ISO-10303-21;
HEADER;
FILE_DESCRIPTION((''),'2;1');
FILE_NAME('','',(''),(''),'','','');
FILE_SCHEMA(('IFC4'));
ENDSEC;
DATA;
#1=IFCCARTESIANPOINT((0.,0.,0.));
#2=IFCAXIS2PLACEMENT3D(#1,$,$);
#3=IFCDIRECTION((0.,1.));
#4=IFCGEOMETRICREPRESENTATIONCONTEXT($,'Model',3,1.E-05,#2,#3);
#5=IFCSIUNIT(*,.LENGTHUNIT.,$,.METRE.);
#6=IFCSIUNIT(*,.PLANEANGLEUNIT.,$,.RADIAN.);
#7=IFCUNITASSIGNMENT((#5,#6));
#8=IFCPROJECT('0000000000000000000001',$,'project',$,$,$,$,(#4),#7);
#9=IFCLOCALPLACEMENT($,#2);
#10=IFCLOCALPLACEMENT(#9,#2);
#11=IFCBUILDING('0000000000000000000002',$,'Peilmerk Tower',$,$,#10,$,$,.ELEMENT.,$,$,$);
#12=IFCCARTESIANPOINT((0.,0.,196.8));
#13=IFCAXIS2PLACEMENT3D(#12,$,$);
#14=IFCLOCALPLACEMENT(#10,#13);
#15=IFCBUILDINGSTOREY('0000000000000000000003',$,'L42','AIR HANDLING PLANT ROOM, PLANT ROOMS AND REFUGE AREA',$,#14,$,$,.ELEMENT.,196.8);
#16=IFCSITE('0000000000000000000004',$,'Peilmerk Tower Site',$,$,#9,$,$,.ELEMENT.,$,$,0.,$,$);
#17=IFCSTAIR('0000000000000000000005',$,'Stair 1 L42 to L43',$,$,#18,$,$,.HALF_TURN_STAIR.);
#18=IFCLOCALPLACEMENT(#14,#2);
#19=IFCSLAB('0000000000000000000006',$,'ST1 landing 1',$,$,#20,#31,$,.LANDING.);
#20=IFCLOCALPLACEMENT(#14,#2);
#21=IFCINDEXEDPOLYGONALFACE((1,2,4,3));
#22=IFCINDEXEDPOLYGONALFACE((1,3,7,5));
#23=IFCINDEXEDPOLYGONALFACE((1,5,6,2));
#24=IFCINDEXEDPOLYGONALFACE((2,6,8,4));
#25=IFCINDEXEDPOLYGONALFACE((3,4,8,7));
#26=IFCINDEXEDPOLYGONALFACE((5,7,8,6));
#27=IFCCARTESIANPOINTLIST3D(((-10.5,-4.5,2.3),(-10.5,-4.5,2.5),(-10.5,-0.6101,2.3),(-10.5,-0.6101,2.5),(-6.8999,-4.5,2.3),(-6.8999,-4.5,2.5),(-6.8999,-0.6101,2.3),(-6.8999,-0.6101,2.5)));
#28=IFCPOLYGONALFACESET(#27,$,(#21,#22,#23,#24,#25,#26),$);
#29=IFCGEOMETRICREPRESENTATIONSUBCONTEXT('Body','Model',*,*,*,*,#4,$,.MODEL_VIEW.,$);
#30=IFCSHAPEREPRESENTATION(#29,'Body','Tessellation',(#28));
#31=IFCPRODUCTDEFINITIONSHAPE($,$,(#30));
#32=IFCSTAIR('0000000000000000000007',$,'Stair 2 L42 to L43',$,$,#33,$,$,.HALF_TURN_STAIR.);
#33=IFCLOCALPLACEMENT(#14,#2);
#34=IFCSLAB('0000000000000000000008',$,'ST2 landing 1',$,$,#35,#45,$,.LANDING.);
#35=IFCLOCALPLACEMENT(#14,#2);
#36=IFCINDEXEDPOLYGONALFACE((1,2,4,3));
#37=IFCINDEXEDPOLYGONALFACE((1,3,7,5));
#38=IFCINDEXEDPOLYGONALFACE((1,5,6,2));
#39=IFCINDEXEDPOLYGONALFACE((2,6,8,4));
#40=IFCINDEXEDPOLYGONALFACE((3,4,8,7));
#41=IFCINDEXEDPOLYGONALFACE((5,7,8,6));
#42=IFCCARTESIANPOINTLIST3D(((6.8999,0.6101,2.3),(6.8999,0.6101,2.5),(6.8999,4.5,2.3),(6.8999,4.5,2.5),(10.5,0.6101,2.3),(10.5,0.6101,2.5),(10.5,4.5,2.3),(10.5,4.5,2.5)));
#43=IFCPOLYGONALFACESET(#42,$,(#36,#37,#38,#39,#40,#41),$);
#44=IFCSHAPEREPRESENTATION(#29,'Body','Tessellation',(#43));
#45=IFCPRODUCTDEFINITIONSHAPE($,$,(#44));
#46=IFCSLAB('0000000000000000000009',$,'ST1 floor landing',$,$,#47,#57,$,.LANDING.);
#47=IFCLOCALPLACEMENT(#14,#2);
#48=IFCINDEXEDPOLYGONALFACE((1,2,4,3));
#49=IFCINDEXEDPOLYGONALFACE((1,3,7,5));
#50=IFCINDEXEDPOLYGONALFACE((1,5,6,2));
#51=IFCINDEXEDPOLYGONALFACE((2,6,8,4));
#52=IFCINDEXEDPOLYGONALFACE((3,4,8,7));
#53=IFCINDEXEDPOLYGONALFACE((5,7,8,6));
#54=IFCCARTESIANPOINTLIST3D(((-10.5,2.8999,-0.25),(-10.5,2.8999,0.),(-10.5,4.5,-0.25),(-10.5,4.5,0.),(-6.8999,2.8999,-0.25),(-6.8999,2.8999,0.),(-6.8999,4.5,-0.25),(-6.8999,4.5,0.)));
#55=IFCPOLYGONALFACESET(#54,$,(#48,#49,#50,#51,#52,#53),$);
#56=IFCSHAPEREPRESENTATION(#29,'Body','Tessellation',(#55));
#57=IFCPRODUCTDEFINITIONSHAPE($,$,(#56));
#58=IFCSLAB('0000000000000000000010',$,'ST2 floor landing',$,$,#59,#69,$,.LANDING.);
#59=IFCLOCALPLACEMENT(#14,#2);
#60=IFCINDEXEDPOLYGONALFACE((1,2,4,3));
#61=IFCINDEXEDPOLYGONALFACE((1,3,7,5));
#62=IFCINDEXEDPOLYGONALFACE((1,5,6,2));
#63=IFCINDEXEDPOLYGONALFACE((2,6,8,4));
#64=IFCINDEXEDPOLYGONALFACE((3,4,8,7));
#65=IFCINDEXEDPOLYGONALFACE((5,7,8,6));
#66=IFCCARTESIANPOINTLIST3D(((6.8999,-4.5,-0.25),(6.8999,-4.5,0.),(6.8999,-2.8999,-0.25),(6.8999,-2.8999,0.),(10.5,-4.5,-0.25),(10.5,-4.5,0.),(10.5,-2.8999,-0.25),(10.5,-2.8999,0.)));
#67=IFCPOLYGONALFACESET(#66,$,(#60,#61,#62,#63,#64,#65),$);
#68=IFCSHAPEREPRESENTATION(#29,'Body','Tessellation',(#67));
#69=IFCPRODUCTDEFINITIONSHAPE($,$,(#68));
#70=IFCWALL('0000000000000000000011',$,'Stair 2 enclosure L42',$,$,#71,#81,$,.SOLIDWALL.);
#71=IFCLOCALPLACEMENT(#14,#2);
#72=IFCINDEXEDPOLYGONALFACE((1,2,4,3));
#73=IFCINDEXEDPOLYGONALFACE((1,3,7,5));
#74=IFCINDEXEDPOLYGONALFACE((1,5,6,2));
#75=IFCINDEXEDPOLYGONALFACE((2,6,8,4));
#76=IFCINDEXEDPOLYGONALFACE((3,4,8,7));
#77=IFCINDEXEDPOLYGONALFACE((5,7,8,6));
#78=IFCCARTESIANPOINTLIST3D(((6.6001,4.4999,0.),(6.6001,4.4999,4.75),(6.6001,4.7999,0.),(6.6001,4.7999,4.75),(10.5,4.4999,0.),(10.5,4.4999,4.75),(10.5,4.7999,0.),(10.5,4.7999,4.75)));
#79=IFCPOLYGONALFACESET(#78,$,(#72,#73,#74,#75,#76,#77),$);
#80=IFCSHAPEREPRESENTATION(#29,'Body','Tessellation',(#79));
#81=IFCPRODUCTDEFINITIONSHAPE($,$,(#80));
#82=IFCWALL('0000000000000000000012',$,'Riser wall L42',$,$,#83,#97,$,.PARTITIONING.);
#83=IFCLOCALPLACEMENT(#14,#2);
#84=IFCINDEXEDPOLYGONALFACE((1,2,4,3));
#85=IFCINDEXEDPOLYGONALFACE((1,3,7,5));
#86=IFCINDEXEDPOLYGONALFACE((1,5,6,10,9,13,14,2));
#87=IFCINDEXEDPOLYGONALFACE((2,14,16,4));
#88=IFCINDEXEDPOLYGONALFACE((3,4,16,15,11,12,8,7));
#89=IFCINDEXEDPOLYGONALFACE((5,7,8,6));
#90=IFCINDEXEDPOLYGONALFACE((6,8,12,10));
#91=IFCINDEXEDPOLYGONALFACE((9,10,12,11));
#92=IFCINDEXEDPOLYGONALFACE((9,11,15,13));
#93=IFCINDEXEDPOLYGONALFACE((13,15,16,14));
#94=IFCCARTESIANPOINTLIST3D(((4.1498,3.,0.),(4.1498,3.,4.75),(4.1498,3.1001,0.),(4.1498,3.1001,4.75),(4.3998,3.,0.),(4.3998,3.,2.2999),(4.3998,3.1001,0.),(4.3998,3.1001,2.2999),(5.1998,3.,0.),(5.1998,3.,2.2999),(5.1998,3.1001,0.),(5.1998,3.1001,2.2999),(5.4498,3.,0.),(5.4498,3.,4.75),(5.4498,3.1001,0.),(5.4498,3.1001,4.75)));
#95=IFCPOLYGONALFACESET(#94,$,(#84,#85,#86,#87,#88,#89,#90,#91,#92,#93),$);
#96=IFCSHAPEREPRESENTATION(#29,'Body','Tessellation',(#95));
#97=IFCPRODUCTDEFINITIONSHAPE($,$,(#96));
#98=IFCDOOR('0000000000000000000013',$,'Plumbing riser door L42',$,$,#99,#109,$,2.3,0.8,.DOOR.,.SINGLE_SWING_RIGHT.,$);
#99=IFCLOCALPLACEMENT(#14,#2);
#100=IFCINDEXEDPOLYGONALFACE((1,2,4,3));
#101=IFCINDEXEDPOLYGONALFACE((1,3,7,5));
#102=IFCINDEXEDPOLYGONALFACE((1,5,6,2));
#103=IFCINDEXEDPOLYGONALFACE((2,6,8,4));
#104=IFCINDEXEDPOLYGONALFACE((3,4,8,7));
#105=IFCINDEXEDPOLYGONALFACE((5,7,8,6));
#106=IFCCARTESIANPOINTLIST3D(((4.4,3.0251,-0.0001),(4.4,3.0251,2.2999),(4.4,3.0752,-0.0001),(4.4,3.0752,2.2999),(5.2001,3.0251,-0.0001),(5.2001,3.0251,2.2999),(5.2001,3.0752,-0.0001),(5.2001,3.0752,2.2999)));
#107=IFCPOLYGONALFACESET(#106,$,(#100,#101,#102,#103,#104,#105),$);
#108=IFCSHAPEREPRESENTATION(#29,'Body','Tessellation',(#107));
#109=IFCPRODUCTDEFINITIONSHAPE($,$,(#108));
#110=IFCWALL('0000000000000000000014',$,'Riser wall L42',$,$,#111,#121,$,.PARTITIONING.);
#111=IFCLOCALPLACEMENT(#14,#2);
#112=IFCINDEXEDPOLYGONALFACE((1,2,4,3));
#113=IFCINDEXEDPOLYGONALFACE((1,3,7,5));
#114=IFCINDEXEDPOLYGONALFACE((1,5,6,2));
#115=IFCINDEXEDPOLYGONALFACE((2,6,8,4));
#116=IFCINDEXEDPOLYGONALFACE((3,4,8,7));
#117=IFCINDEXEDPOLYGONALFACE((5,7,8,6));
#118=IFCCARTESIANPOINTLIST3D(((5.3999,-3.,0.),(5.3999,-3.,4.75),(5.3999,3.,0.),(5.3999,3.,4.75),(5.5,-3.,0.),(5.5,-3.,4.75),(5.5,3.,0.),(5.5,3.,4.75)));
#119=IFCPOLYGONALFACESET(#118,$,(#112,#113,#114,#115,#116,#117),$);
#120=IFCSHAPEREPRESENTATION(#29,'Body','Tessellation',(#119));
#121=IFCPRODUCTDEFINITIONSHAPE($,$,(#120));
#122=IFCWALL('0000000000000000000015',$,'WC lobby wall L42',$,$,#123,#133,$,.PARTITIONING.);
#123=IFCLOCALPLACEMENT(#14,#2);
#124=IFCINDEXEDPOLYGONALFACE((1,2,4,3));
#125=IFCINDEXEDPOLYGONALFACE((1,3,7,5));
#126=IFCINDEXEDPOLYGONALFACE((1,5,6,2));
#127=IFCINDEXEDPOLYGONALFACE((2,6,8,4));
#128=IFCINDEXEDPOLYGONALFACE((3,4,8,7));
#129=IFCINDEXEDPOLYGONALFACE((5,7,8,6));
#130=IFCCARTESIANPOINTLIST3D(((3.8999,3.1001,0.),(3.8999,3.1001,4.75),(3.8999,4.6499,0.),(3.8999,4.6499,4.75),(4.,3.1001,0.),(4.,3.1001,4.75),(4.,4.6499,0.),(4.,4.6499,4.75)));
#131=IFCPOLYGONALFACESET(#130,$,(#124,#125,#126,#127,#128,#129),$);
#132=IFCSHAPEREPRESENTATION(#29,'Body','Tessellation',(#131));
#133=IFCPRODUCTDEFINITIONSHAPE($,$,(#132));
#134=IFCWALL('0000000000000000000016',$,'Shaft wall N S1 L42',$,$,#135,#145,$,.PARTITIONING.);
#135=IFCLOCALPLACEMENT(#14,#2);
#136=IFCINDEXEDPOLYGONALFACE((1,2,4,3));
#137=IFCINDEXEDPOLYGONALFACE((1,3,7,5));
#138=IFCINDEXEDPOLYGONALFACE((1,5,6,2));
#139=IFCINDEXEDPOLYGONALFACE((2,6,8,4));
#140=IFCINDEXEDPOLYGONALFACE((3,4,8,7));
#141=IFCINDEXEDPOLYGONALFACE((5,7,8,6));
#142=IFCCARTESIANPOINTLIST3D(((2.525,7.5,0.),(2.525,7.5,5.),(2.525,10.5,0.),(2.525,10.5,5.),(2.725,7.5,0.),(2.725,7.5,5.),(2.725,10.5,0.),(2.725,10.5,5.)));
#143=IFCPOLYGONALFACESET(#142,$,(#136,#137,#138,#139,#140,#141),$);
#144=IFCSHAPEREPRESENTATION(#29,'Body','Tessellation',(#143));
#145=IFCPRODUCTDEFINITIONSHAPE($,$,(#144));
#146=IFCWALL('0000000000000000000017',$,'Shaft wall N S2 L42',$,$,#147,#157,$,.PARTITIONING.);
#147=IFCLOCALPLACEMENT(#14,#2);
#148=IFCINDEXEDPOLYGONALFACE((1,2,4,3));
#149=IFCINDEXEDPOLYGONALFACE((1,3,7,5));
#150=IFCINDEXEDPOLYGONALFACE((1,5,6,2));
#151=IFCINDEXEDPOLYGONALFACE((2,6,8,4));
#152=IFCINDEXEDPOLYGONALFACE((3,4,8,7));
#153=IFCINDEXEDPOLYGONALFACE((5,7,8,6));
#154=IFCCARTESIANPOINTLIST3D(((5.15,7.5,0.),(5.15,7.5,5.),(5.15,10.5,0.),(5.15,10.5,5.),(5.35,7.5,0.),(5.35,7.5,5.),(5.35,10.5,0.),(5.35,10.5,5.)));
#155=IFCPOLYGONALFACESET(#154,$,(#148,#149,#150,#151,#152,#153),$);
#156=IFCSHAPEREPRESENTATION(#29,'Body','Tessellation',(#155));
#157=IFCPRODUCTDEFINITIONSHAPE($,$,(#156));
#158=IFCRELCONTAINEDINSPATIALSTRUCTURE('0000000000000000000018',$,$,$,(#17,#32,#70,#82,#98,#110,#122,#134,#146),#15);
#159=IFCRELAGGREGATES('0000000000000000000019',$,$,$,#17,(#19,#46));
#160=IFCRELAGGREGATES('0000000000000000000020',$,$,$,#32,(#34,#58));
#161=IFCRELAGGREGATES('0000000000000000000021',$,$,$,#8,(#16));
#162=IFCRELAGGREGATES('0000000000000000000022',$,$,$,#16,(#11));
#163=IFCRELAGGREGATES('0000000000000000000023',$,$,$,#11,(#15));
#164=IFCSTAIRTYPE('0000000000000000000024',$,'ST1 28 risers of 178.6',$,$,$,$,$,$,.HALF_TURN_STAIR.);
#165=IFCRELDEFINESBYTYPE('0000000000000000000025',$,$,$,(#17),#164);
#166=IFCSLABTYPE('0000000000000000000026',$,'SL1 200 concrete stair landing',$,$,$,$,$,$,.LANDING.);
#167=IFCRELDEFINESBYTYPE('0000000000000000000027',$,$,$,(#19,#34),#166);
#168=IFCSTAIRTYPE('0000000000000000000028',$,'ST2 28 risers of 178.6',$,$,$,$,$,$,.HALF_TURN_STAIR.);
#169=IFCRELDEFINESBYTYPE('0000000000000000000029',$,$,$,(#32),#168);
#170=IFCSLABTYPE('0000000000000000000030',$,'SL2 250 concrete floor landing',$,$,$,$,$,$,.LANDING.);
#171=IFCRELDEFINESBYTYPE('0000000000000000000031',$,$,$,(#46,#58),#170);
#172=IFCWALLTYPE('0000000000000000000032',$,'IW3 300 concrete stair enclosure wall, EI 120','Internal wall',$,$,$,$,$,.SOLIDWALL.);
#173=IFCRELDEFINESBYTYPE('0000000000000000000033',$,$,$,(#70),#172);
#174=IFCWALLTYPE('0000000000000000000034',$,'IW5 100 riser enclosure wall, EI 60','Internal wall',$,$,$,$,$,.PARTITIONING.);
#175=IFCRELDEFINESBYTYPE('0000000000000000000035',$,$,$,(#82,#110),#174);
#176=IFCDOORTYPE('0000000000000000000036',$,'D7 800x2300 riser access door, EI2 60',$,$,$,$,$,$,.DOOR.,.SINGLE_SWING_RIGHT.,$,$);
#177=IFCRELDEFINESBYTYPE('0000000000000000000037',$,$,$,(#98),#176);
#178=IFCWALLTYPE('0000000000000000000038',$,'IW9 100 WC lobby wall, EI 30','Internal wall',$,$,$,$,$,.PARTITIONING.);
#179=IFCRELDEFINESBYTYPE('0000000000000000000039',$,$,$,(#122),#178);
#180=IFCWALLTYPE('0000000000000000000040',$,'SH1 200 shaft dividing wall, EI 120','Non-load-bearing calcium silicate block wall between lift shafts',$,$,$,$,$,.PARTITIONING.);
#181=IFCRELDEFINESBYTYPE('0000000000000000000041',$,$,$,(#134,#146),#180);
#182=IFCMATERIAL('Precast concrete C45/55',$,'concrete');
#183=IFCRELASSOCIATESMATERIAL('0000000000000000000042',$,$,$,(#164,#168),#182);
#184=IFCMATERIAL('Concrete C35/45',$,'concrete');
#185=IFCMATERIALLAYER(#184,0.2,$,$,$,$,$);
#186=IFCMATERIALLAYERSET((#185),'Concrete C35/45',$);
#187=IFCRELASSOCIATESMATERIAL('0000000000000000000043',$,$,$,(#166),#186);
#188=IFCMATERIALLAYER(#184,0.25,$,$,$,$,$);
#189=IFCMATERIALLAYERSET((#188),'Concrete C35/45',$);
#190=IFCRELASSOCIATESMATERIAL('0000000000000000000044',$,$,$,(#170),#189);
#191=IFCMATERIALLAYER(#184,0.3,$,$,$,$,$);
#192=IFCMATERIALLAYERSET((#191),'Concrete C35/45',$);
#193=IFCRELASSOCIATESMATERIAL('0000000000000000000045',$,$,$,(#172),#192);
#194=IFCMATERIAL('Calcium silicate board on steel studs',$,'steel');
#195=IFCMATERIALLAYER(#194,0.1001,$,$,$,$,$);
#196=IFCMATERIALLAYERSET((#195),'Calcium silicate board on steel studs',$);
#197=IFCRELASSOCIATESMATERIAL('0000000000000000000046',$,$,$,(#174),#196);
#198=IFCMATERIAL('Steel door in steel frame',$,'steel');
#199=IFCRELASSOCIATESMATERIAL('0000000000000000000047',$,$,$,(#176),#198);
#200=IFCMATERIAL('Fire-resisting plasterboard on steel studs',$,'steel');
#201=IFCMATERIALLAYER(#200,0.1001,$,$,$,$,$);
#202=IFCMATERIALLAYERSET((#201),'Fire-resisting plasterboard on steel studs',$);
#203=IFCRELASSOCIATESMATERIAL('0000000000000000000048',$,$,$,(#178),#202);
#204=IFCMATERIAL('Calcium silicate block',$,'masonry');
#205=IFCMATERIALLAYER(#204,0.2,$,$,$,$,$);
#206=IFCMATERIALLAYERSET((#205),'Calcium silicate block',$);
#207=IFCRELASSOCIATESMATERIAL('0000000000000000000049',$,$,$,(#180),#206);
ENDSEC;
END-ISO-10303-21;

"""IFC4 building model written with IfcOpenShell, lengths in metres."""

from ifc_helpers import new_model, si_unit, direction, frame, frame_2d, origin, place, context, subcontext, project, spatial, polyline, rectangle, outline, extrude, material, layer, layer_set, type_object, element, fill, aggregate, save


model = new_model("IFC4")

# Units and contexts
model_context = context("Model", 3, precision=1e-05, world=origin(), true_north=direction((0.0, 1.0)))
body_context = subcontext(model_context, "Body", "Model", "MODEL_VIEW")
ifc_project = project(units=[si_unit("LENGTHUNIT", "METRE"), si_unit("PLANEANGLEUNIT", "RADIAN")], contexts=[model_context])

# Site, building, storey
site_placement = place(None, origin())
site = spatial("IfcSite", under=ifc_project, at=site_placement, Name="Peilmerk Tower Site", CompositionType="ELEMENT", RefElevation=0.0)
building_placement = place(site_placement, origin())
building = spatial("IfcBuilding", under=site, at=building_placement, Name="Peilmerk Tower", CompositionType="ELEMENT")
storey_placement = place(building_placement, frame((0.0, 0.0, 196.8)))
storey = spatial("IfcBuildingStorey", under=building, at=storey_placement, Name="L42", Description="AIR HANDLING PLANT ROOM, PLANT ROOMS AND REFUGE AREA", CompositionType="ELEMENT", Elevation=196.8)

# Stairs, slabs
ifc_material_1 = material(Name="Precast concrete C45/55", Category="concrete")
stair_type_1 = type_object("IfcStairType", Name="ST1 28 risers of 178.6", PredefinedType="HALF_TURN_STAIR", material=ifc_material_1)
stair_1_placement = place(storey_placement, origin())
stair_1 = element("IfcStair", 1, at=stair_1_placement, inside=storey, type_object=stair_type_1, Name="Stair 1 L42 to L43", PredefinedType="HALF_TURN_STAIR")
ifc_material_2 = material(Name="Concrete C35/45", Category="concrete")
ifc_layer_1 = layer(ifc_material_2, 0.2)
ifc_layer_set_1 = layer_set([ifc_layer_1], Name="Concrete C35/45")
slab_type_1 = type_object("IfcSlabType", Name="SL1 200 concrete stair landing", PredefinedType="LANDING", material=ifc_layer_set_1)
slab_1_placement = place(storey_placement, frame((0.0, 0.0, 2.3)))
slab_1 = element("IfcSlab", 2, at=slab_1_placement, type_object=slab_type_1, Name="ST1 landing 1", PredefinedType="LANDING", context=body_context, shape_type="SweptSolid", body=[
    extrude(outline(polyline([(-10.5, -4.5), (-6.8999, -4.5), (-6.8999, -0.6101), (-10.5, -0.6101), (-10.5, -4.5)])), origin(), (0.0, 0.0, 1.0), 0.2),
])
stair_type_2 = type_object("IfcStairType", Name="ST2 28 risers of 178.6", PredefinedType="HALF_TURN_STAIR", material=ifc_material_1)
stair_2_placement = place(storey_placement, origin())
stair_2 = element("IfcStair", 3, at=stair_2_placement, inside=storey, type_object=stair_type_2, Name="Stair 2 L42 to L43", PredefinedType="HALF_TURN_STAIR")
slab_2_placement = place(storey_placement, frame((0.0, 0.0, 2.3)))
slab_2 = element("IfcSlab", 4, at=slab_2_placement, type_object=slab_type_1, Name="ST2 landing 1", PredefinedType="LANDING", context=body_context, shape_type="SweptSolid", body=[
    extrude(outline(polyline([(6.8999, 0.6101), (10.5, 0.6101), (10.5, 4.5), (6.8999, 4.5), (6.8999, 0.6101)])), origin(), (0.0, 0.0, 1.0), 0.2),
])

# Slabs
ifc_layer_2 = layer(ifc_material_2, 0.25)
ifc_layer_set_2 = layer_set([ifc_layer_2], Name="Concrete C35/45")
slab_type_2 = type_object("IfcSlabType", Name="SL2 250 concrete floor landing", PredefinedType="LANDING", material=ifc_layer_set_2)
slab_3_placement = place(storey_placement, frame((0.0, 0.0, -0.25)))
slab_3 = element("IfcSlab", 5, at=slab_3_placement, type_object=slab_type_2, Name="ST1 floor landing", PredefinedType="LANDING", context=body_context, shape_type="SweptSolid", body=[
    extrude(outline(polyline([(-10.5, 2.8999), (-6.8999, 2.8999), (-6.8999, 4.5), (-10.5, 4.5), (-10.5, 2.8999)])), origin(), (0.0, 0.0, 1.0), 0.25),
])
aggregate(stair_1, [slab_1, slab_3])
slab_4_placement = place(storey_placement, frame((0.0, 0.0, -0.25)))
slab_4 = element("IfcSlab", 6, at=slab_4_placement, type_object=slab_type_2, Name="ST2 floor landing", PredefinedType="LANDING", context=body_context, shape_type="SweptSolid", body=[
    extrude(outline(polyline([(6.8999, -4.5), (10.5, -4.5), (10.5, -2.8999), (6.8999, -2.8999), (6.8999, -4.5)])), origin(), (0.0, 0.0, 1.0), 0.25),
])

# Wall
ifc_layer_3 = layer(ifc_material_2, 0.3)
ifc_layer_set_3 = layer_set([ifc_layer_3], Name="Concrete C35/45")
wall_type_1 = type_object("IfcWallType", Name="IW3 300 concrete stair enclosure wall, EI 120", Description="Internal wall", PredefinedType="SOLIDWALL", material=ifc_layer_set_3)
wall_1_placement = place(storey_placement, frame((6.6001, 4.6499, 0.0), z_axis=(0.0, 0.0, 1.0), x_axis=(1.0, 0.0, 0.0)))
element("IfcWall", 7, at=wall_1_placement, inside=storey, type_object=wall_type_1, Name="Stair 2 enclosure L42", PredefinedType="SOLIDWALL", context=body_context, shape_type="SweptSolid", body=[
    extrude(rectangle(XDim=3.8999, YDim=0.3, at=frame_2d((1.95, 0.0))), origin(), (0.0, 0.0, 1.0), 4.75),
])

# Wall, opening, door
ifc_material_3 = material(Name="Calcium silicate board on steel studs", Category="steel")
ifc_layer_4 = layer(ifc_material_3, 0.1001)
ifc_layer_set_4 = layer_set([ifc_layer_4], Name="Calcium silicate board on steel studs")
wall_type_2 = type_object("IfcWallType", Name="IW5 100 riser enclosure wall, EI 60", Description="Internal wall", PredefinedType="PARTITIONING", material=ifc_layer_set_4)
wall_2_placement = place(storey_placement, frame((4.1499, 3.05, 0.0), z_axis=(0.0, 0.0, 1.0), x_axis=(1.0, 0.0, 0.0)))
wall_2 = element("IfcWall", 8, at=wall_2_placement, inside=storey, type_object=wall_type_2, Name="Riser wall L42", PredefinedType="PARTITIONING", context=body_context, shape_type="SweptSolid", body=[
    extrude(rectangle(XDim=1.3, YDim=0.1001, at=frame_2d((0.6499, 0.0))), origin(), (0.0, 0.0, 1.0), 4.75),
])
opening_1_placement = place(wall_2_placement, frame((0.25, 0.0, 0.0)))
opening_1 = element("IfcOpeningElement", 9, at=opening_1_placement, cuts=wall_2, PredefinedType="OPENING", context=body_context, shape_type="SweptSolid", body=[
    extrude(rectangle(XDim=0.8, YDim=2.3, at=frame_2d((0.3999, 1.1499))), frame((0.0, 0.0601, 0.0), z_axis=(0.0, -1.0, 0.0), x_axis=(1.0, 0.0, 0.0)), (0.0, 0.0, 1.0), 0.1201),
])
ifc_material_4 = material(Name="Steel door in steel frame", Category="steel")
door_type_1 = type_object("IfcDoorType", Name="D7 800x2300 riser access door, EI2 60", OperationType="SINGLE_SWING_RIGHT", PredefinedType="DOOR", material=ifc_material_4)
door_1_placement = place(opening_1_placement, frame((0.8, 0.0, 0.0), z_axis=(0.0, 0.0, 1.0), x_axis=(-1.0, 0.0, 0.0)))
door_1 = element("IfcDoor", 10, at=door_1_placement, inside=storey, type_object=door_type_1, Name="Plumbing riser door L42", OperationType="SINGLE_SWING_RIGHT", OverallHeight=2.3, OverallWidth=0.8, PredefinedType="DOOR", context=body_context, shape_type="SweptSolid", body=[
    extrude(rectangle(XDim=0.8, YDim=2.3, at=frame_2d((0.3999, 1.1499))), frame((0.0, 0.0249, 0.0), z_axis=(0.0, -1.0, 0.0), x_axis=(1.0, 0.0, 0.0)), (0.0, 0.0, 1.0), 0.05),
])
fill(opening_1, door_1)

# Walls
wall_3_placement = place(storey_placement, frame((5.45, 3.0, 0.0), z_axis=(0.0, 0.0, 1.0), x_axis=(0.0, -1.0, 0.0)))
element("IfcWall", 11, at=wall_3_placement, inside=storey, type_object=wall_type_2, Name="Riser wall L42", PredefinedType="PARTITIONING", context=body_context, shape_type="SweptSolid", body=[
    extrude(rectangle(XDim=6.0, YDim=0.1001, at=frame_2d((3.0, 0.0))), origin(), (0.0, 0.0, 1.0), 4.75),
])
ifc_material_5 = material(Name="Fire-resisting plasterboard on steel studs", Category="steel")
ifc_layer_5 = layer(ifc_material_5, 0.1001)
ifc_layer_set_5 = layer_set([ifc_layer_5], Name="Fire-resisting plasterboard on steel studs")
wall_type_3 = type_object("IfcWallType", Name="IW9 100 WC lobby wall, EI 30", Description="Internal wall", PredefinedType="PARTITIONING", material=ifc_layer_set_5)
wall_4_placement = place(storey_placement, frame((3.95, 3.1001, 0.0), z_axis=(0.0, 0.0, 1.0), x_axis=(0.0, 1.0, 0.0)))
element("IfcWall", 12, at=wall_4_placement, inside=storey, type_object=wall_type_3, Name="WC lobby wall L42", PredefinedType="PARTITIONING", context=body_context, shape_type="SweptSolid", body=[
    extrude(rectangle(XDim=1.5498, YDim=0.1001, at=frame_2d((0.7749, 0.0))), origin(), (0.0, 0.0, 1.0), 4.75),
])
ifc_material_6 = material(Name="Calcium silicate block", Category="masonry")
ifc_layer_6 = layer(ifc_material_6, 0.2)
ifc_layer_set_6 = layer_set([ifc_layer_6], Name="Calcium silicate block")
wall_type_4 = type_object("IfcWallType", Name="SH1 200 shaft dividing wall, EI 120", Description="Non-load-bearing calcium silicate block wall between lift shafts", PredefinedType="PARTITIONING", material=ifc_layer_set_6)
for number, where, z_axis, x_axis, name in (
    (13, (2.625, 7.5, 0.0), (0.0, 0.0, 1.0), (0.0, 1.0, 0.0), "Shaft wall N S1 L42"),
    (14, (5.25, 7.5, 0.0), (0.0, 0.0, 1.0), (0.0, 1.0, 0.0), "Shaft wall N S2 L42"),
):
    element("IfcWall", number, at=place(storey_placement, frame(where, z_axis=z_axis, x_axis=x_axis)), inside=storey, type_object=wall_type_4, Name=name, PredefinedType="PARTITIONING", context=body_context, shape_type="SweptSolid", body=[
        extrude(rectangle(XDim=3.0, YDim=0.2, at=frame_2d((1.5, 0.0))), origin(), (0.0, 0.0, 1.0), 5.0),
    ])

aggregate(stair_2, [slab_2, slab_4])

save(model, "model.ifc")
